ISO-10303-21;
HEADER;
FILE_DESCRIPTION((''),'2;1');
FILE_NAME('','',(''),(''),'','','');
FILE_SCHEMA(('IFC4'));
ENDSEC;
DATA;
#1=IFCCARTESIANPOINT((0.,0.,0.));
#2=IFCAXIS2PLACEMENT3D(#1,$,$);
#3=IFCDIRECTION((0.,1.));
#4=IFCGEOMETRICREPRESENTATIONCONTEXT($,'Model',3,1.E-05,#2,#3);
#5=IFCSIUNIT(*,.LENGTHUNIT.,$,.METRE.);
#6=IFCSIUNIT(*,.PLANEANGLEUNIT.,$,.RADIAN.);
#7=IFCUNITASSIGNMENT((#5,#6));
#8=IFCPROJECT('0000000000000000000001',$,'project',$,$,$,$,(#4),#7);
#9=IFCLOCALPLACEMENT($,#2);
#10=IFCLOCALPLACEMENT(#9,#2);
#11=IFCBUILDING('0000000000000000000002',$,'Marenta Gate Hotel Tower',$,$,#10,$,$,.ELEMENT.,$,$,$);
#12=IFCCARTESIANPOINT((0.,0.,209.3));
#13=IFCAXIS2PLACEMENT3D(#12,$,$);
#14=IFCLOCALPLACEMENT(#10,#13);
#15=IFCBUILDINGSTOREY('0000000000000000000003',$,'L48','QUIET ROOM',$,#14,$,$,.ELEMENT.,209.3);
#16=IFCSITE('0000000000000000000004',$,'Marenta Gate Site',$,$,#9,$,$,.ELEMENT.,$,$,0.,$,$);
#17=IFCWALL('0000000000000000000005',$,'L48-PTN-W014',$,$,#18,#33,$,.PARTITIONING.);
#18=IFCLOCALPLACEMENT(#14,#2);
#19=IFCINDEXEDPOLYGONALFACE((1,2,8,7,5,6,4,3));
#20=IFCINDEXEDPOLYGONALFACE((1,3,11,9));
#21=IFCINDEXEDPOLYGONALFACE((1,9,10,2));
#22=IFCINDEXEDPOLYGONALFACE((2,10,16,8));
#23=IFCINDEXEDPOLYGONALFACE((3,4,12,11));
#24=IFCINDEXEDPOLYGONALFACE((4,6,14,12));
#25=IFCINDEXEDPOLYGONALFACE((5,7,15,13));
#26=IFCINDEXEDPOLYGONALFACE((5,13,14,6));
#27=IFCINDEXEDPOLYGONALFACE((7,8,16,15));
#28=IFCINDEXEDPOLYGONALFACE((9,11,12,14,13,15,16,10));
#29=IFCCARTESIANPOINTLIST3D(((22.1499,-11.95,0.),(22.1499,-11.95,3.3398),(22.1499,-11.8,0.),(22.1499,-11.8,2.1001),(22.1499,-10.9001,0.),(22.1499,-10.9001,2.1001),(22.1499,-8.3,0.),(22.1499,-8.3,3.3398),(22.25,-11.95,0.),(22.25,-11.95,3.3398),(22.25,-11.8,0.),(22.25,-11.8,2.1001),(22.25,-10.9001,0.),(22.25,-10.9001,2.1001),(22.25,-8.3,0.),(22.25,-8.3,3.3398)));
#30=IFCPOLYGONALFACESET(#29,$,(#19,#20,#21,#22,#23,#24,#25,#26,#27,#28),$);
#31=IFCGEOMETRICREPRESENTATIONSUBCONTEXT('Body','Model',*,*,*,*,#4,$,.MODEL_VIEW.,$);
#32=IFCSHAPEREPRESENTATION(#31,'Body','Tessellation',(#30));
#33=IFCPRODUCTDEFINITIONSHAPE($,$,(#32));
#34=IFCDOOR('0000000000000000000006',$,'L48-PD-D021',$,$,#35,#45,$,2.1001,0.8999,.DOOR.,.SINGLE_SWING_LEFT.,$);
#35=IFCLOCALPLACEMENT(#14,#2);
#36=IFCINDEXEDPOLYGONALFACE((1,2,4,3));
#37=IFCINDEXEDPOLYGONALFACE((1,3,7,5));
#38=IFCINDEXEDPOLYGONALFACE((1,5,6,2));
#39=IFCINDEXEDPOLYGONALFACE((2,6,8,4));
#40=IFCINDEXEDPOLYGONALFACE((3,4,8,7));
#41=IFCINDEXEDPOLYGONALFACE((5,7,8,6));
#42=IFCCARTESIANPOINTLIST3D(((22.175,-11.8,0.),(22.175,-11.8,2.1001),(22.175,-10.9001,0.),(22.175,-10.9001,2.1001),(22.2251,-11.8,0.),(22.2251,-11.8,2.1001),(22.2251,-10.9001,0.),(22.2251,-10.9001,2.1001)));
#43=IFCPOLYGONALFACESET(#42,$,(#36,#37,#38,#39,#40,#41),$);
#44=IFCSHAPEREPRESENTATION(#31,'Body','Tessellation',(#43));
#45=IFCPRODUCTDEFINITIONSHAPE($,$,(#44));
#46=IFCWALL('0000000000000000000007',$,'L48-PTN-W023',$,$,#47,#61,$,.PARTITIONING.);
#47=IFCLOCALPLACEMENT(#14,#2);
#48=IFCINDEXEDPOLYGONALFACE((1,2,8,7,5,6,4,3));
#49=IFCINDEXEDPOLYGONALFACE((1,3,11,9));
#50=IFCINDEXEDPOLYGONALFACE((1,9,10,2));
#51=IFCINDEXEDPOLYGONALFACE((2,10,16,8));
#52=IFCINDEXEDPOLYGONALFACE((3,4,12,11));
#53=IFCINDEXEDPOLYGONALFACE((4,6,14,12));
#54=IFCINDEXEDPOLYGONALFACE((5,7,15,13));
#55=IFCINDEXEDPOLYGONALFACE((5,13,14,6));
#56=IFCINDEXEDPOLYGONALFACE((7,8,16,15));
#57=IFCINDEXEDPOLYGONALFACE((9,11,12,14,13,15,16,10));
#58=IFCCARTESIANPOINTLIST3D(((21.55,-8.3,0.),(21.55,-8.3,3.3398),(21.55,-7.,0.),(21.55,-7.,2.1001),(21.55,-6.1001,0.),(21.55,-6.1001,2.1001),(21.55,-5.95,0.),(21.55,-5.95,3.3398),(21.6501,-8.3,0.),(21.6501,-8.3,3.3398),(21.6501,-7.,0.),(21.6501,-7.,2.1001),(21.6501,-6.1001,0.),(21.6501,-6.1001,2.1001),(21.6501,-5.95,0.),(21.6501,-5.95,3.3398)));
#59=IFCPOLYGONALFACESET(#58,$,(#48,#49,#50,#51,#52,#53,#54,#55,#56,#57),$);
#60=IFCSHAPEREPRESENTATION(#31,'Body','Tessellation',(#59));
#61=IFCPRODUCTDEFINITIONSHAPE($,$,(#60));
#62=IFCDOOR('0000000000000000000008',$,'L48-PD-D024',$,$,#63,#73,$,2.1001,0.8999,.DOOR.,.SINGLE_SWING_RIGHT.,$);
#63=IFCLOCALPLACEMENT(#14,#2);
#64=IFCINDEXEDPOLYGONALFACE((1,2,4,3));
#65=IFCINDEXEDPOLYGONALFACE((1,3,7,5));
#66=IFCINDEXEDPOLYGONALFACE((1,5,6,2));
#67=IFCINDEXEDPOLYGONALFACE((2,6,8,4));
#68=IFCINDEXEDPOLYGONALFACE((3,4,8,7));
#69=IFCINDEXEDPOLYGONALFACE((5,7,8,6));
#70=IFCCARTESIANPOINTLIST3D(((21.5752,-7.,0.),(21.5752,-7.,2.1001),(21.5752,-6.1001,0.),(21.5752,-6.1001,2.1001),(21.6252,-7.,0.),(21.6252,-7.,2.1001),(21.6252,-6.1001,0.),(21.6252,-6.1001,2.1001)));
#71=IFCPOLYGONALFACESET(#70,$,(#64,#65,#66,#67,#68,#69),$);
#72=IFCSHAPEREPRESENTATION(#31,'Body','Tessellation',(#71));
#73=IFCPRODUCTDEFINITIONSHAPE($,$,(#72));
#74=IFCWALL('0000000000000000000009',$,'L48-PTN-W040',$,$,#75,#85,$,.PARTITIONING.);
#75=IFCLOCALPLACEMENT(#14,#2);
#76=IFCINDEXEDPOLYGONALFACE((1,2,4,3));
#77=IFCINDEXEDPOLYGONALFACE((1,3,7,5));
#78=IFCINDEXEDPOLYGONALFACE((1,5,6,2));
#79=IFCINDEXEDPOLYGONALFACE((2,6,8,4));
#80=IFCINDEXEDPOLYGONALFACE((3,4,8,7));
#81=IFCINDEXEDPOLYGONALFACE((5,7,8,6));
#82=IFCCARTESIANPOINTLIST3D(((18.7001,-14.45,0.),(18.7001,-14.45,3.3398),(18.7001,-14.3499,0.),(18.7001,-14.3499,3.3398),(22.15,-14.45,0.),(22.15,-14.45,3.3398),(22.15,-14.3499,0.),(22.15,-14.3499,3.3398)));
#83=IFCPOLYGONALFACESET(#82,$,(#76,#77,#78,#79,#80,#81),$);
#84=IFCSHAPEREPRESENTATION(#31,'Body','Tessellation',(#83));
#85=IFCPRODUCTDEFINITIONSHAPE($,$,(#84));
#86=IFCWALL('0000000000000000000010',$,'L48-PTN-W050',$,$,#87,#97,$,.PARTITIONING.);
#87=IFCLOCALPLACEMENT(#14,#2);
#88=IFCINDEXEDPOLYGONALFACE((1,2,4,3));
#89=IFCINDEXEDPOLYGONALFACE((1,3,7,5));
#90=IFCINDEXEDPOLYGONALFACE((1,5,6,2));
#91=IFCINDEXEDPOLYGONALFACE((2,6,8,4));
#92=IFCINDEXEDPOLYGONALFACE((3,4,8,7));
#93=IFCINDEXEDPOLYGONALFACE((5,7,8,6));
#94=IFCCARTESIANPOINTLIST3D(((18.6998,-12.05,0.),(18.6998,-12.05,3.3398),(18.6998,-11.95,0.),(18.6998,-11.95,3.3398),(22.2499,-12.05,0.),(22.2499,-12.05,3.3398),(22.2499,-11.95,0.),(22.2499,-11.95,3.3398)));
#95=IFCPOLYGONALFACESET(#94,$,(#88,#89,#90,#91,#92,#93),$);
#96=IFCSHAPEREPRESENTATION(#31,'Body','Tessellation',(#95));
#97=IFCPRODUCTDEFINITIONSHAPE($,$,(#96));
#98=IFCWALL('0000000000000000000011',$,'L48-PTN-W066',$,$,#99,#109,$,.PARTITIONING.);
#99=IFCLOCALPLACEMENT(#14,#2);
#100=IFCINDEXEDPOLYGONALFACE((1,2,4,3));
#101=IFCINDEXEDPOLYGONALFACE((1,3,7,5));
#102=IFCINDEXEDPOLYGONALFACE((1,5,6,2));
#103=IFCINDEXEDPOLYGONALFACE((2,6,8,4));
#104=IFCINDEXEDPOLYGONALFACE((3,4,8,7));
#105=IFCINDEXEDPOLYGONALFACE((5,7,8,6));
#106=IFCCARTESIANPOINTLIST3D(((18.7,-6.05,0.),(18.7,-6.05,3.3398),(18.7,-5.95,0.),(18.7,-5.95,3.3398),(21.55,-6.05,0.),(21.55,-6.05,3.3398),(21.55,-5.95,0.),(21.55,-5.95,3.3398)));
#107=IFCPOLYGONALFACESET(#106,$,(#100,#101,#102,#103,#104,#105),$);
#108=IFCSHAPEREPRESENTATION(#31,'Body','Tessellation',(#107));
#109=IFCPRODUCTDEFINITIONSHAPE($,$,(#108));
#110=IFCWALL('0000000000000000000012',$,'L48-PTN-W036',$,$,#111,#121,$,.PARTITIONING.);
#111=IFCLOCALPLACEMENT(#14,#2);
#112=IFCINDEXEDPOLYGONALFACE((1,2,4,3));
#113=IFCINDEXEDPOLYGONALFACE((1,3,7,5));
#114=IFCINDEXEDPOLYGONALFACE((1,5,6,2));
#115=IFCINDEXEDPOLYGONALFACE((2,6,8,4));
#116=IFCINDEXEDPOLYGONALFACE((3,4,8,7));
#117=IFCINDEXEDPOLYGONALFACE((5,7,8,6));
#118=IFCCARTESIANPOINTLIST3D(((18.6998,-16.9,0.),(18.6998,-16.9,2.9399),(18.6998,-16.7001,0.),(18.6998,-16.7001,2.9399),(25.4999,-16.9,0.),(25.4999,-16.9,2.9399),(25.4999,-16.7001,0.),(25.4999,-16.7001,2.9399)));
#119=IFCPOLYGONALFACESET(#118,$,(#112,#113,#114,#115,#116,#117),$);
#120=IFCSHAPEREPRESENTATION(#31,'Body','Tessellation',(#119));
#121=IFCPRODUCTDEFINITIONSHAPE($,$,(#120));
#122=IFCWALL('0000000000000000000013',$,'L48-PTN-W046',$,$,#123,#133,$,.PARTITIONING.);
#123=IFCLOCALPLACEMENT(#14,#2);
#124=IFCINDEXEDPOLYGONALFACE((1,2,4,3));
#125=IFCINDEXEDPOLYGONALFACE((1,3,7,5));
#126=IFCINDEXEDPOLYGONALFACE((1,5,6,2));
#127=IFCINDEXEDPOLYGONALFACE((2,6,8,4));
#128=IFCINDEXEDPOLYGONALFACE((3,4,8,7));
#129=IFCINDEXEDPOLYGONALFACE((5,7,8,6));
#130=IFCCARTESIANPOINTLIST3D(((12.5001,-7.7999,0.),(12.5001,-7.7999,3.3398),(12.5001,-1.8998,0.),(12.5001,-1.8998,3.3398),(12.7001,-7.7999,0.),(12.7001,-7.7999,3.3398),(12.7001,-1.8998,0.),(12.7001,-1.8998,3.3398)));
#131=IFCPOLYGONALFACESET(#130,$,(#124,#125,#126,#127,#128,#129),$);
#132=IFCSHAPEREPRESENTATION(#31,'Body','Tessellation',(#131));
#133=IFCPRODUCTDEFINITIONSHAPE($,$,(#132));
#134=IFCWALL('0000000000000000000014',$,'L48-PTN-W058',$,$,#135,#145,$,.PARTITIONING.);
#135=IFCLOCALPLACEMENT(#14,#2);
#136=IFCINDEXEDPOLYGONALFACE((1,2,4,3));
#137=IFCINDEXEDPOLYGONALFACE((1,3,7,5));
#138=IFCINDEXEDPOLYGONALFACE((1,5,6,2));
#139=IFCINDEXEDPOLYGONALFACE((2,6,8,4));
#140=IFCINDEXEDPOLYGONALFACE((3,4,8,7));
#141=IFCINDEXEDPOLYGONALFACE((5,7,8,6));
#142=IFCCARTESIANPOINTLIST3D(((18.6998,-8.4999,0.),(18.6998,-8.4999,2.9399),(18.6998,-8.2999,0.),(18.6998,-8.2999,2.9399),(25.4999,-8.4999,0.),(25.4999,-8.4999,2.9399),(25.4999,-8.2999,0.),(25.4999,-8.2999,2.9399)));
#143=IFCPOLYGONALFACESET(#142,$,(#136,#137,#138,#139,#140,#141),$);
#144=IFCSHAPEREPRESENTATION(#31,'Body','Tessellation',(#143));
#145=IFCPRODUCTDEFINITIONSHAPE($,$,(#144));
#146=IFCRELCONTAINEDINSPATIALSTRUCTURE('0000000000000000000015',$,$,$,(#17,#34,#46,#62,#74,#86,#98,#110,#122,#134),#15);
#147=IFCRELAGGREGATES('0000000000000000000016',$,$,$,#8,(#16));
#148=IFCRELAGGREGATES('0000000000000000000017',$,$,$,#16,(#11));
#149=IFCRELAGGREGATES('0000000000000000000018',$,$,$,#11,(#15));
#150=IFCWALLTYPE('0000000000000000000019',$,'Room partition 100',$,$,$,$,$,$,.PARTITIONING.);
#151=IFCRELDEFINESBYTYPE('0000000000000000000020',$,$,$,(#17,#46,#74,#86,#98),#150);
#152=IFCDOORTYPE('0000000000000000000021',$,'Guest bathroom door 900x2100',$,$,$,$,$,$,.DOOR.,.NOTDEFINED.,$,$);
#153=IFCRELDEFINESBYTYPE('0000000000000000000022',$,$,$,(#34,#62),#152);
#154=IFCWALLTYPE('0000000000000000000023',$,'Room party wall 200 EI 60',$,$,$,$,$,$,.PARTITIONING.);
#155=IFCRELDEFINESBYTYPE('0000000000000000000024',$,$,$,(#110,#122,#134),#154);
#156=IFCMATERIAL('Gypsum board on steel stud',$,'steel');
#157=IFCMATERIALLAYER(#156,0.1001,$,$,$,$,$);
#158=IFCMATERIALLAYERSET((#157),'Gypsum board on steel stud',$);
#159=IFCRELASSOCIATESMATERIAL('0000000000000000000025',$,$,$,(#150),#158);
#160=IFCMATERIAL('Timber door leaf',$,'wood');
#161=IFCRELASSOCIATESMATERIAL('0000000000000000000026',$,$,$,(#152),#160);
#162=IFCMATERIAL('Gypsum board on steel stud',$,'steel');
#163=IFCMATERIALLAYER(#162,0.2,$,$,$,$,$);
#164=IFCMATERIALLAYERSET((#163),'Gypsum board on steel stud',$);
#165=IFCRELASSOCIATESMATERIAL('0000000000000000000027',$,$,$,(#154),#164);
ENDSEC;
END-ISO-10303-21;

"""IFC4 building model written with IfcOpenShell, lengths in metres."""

from ifc_helpers import new_model, si_unit, direction, frame, frame_2d, origin, place, context, subcontext, project, spatial, rectangle, extrude, material, layer, layer_set, type_object, element, fill, save


model = new_model("IFC4")

# Units and contexts
model_context = context("Model", 3, precision=1e-05, world=origin(), true_north=direction((0.0, 1.0)))
body_context = subcontext(model_context, "Body", "Model", "MODEL_VIEW")
ifc_project = project(units=[si_unit("LENGTHUNIT", "METRE"), si_unit("PLANEANGLEUNIT", "RADIAN")], contexts=[model_context])

# Site, building, storey
site_placement = place(None, origin())
site = spatial("IfcSite", under=ifc_project, at=site_placement, Name="Marenta Gate Site", CompositionType="ELEMENT", RefElevation=0.0)
building_placement = place(site_placement, origin())
building = spatial("IfcBuilding", under=site, at=building_placement, Name="Marenta Gate Hotel Tower", CompositionType="ELEMENT")
storey_placement = place(building_placement, frame((0.0, 0.0, 209.3)))
storey = spatial("IfcBuildingStorey", under=building, at=storey_placement, Name="L48", Description="QUIET ROOM", CompositionType="ELEMENT", Elevation=209.3)

# Walls, openings, doors
ifc_material_1 = material(Name="Gypsum board on steel stud", Category="steel")
ifc_layer_1 = layer(ifc_material_1, 0.1001)
ifc_layer_set_1 = layer_set([ifc_layer_1], Name="Gypsum board on steel stud")
wall_type_1 = type_object("IfcWallType", Name="Room partition 100", PredefinedType="PARTITIONING", material=ifc_layer_set_1)
ifc_material_2 = material(Name="Timber door leaf", Category="wood")
door_type_1 = type_object("IfcDoorType", Name="Guest bathroom door 900x2100", OperationType="NOTDEFINED", PredefinedType="DOOR", material=ifc_material_2)
wall_1_placement = place(storey_placement, frame((22.2, -11.95, 0.0), z_axis=(0.0, 0.0, 1.0), x_axis=(0.0, 1.0, 0.0)))
wall_1 = element("IfcWall", 1, at=wall_1_placement, inside=storey, type_object=wall_type_1, Name="L48-PTN-W014", PredefinedType="PARTITIONING", context=body_context, shape_type="SweptSolid", body=[
    extrude(rectangle(XDim=3.6499, YDim=0.1001, at=frame_2d((1.825, 0.0))), origin(), (0.0, 0.0, 1.0), 3.3398),
])
opening_1_placement = place(wall_1_placement, frame((0.1499, 0.0, 0.0)))
opening_1 = element("IfcOpeningElement", 2, at=opening_1_placement, cuts=wall_1, PredefinedType="OPENING", context=body_context, shape_type="SweptSolid", body=[
    extrude(rectangle(XDim=0.8999, YDim=2.1001, at=frame_2d((0.45, 1.05))), frame((0.0, 0.05, 0.0), z_axis=(0.0, -1.0, 0.0), x_axis=(1.0, 0.0, 0.0)), (0.0, 0.0, 1.0), 0.1001),
])
door_1_placement = place(opening_1_placement, origin())
door_1 = element("IfcDoor", 3, at=door_1_placement, inside=storey, type_object=door_type_1, Name="L48-PD-D021", OperationType="SINGLE_SWING_LEFT", OverallHeight=2.1001, OverallWidth=0.8999, PredefinedType="DOOR", context=body_context, shape_type="SweptSolid", body=[
    extrude(rectangle(XDim=0.8999, YDim=2.1001, at=frame_2d((0.45, 1.05))), frame((0.0, 0.0249, 0.0), z_axis=(0.0, -1.0, 0.0), x_axis=(1.0, 0.0, 0.0)), (0.0, 0.0, 1.0), 0.05),
])
fill(opening_1, door_1)
wall_2_placement = place(storey_placement, frame((21.6001, -8.3, 0.0), z_axis=(0.0, 0.0, 1.0), x_axis=(0.0, 1.0, 0.0)))
wall_2 = element("IfcWall", 4, at=wall_2_placement, inside=storey, type_object=wall_type_1, Name="L48-PTN-W023", PredefinedType="PARTITIONING", context=body_context, shape_type="SweptSolid", body=[
    extrude(rectangle(XDim=2.3501, YDim=0.1001, at=frame_2d((1.175, 0.0))), origin(), (0.0, 0.0, 1.0), 3.3398),
])
opening_2_placement = place(wall_2_placement, frame((1.3, 0.0, 0.0)))
opening_2 = element("IfcOpeningElement", 5, at=opening_2_placement, cuts=wall_2, PredefinedType="OPENING", context=body_context, shape_type="SweptSolid", body=[
    extrude(rectangle(XDim=0.8999, YDim=2.1001, at=frame_2d((0.45, 1.05))), frame((0.0, 0.05, 0.0), z_axis=(0.0, -1.0, 0.0), x_axis=(1.0, 0.0, 0.0)), (0.0, 0.0, 1.0), 0.1001),
])
door_2_placement = place(opening_2_placement, origin())
door_2 = element("IfcDoor", 6, at=door_2_placement, inside=storey, type_object=door_type_1, Name="L48-PD-D024", OperationType="SINGLE_SWING_RIGHT", OverallHeight=2.1001, OverallWidth=0.8999, PredefinedType="DOOR", context=body_context, shape_type="SweptSolid", body=[
    extrude(rectangle(XDim=0.8999, YDim=2.1001, at=frame_2d((0.45, 1.05))), frame((0.0, 0.0249, 0.0), z_axis=(0.0, -1.0, 0.0), x_axis=(1.0, 0.0, 0.0)), (0.0, 0.0, 1.0), 0.05),
])
fill(opening_2, door_2)

# Walls
wall_3_placement = place(storey_placement, frame((18.7, -14.3999, 0.0), z_axis=(0.0, 0.0, 1.0), x_axis=(1.0, 0.0, 0.0)))
element("IfcWall", 7, at=wall_3_placement, inside=storey, type_object=wall_type_1, Name="L48-PTN-W040", PredefinedType="PARTITIONING", context=body_context, shape_type="SweptSolid", body=[
    extrude(rectangle(XDim=3.45, YDim=0.1001, at=frame_2d((1.7251, 0.0))), origin(), (0.0, 0.0, 1.0), 3.3398),
])
wall_4_placement = place(storey_placement, frame((18.7, -12.0, 0.0), z_axis=(0.0, 0.0, 1.0), x_axis=(1.0, 0.0, 0.0)))
element("IfcWall", 8, at=wall_4_placement, inside=storey, type_object=wall_type_1, Name="L48-PTN-W050", PredefinedType="PARTITIONING", context=body_context, shape_type="SweptSolid", body=[
    extrude(rectangle(XDim=3.55, YDim=0.1001, at=frame_2d((1.7749, 0.0))), origin(), (0.0, 0.0, 1.0), 3.3398),
])
wall_5_placement = place(storey_placement, frame((18.7, -6.0, 0.0), z_axis=(0.0, 0.0, 1.0), x_axis=(1.0, 0.0, 0.0)))
element("IfcWall", 9, at=wall_5_placement, inside=storey, type_object=wall_type_1, Name="L48-PTN-W066", PredefinedType="PARTITIONING", context=body_context, shape_type="SweptSolid", body=[
    extrude(rectangle(XDim=2.8501, YDim=0.1001, at=frame_2d((1.425, 0.0))), origin(), (0.0, 0.0, 1.0), 3.3398),
])
ifc_material_3 = material(Name="Gypsum board on steel stud", Category="steel")
ifc_layer_2 = layer(ifc_material_3, 0.2)
ifc_layer_set_2 = layer_set([ifc_layer_2], Name="Gypsum board on steel stud")
wall_type_2 = type_object("IfcWallType", Name="Room party wall 200 EI 60", PredefinedType="PARTITIONING", material=ifc_layer_set_2)
wall_6_placement = place(storey_placement, frame((18.7, -16.8, 0.0), z_axis=(0.0, 0.0, 1.0), x_axis=(1.0, 0.0, 0.0)))
element("IfcWall", 10, at=wall_6_placement, inside=storey, type_object=wall_type_2, Name="L48-PTN-W036", PredefinedType="PARTITIONING", context=body_context, shape_type="SweptSolid", body=[
    extrude(rectangle(XDim=6.8, YDim=0.2, at=frame_2d((3.3999, 0.0))), origin(), (0.0, 0.0, 1.0), 2.9399),
])
wall_7_placement = place(storey_placement, frame((12.6001, -7.8, 0.0), z_axis=(0.0, 0.0, 1.0), x_axis=(0.0, 1.0, 0.0)))
element("IfcWall", 11, at=wall_7_placement, inside=storey, type_object=wall_type_2, Name="L48-PTN-W046", PredefinedType="PARTITIONING", context=body_context, shape_type="SweptSolid", body=[
    extrude(rectangle(XDim=5.9001, YDim=0.2, at=frame_2d((2.9502, 0.0))), origin(), (0.0, 0.0, 1.0), 3.3398),
])
wall_8_placement = place(storey_placement, frame((18.7, -8.3999, 0.0), z_axis=(0.0, 0.0, 1.0), x_axis=(1.0, 0.0, 0.0)))
element("IfcWall", 12, at=wall_8_placement, inside=storey, type_object=wall_type_2, Name="L48-PTN-W058", PredefinedType="PARTITIONING", context=body_context, shape_type="SweptSolid", body=[
    extrude(rectangle(XDim=6.8, YDim=0.2, at=frame_2d((3.3999, 0.0))), origin(), (0.0, 0.0, 1.0), 2.9399),
])

save(model, "model.ifc")
